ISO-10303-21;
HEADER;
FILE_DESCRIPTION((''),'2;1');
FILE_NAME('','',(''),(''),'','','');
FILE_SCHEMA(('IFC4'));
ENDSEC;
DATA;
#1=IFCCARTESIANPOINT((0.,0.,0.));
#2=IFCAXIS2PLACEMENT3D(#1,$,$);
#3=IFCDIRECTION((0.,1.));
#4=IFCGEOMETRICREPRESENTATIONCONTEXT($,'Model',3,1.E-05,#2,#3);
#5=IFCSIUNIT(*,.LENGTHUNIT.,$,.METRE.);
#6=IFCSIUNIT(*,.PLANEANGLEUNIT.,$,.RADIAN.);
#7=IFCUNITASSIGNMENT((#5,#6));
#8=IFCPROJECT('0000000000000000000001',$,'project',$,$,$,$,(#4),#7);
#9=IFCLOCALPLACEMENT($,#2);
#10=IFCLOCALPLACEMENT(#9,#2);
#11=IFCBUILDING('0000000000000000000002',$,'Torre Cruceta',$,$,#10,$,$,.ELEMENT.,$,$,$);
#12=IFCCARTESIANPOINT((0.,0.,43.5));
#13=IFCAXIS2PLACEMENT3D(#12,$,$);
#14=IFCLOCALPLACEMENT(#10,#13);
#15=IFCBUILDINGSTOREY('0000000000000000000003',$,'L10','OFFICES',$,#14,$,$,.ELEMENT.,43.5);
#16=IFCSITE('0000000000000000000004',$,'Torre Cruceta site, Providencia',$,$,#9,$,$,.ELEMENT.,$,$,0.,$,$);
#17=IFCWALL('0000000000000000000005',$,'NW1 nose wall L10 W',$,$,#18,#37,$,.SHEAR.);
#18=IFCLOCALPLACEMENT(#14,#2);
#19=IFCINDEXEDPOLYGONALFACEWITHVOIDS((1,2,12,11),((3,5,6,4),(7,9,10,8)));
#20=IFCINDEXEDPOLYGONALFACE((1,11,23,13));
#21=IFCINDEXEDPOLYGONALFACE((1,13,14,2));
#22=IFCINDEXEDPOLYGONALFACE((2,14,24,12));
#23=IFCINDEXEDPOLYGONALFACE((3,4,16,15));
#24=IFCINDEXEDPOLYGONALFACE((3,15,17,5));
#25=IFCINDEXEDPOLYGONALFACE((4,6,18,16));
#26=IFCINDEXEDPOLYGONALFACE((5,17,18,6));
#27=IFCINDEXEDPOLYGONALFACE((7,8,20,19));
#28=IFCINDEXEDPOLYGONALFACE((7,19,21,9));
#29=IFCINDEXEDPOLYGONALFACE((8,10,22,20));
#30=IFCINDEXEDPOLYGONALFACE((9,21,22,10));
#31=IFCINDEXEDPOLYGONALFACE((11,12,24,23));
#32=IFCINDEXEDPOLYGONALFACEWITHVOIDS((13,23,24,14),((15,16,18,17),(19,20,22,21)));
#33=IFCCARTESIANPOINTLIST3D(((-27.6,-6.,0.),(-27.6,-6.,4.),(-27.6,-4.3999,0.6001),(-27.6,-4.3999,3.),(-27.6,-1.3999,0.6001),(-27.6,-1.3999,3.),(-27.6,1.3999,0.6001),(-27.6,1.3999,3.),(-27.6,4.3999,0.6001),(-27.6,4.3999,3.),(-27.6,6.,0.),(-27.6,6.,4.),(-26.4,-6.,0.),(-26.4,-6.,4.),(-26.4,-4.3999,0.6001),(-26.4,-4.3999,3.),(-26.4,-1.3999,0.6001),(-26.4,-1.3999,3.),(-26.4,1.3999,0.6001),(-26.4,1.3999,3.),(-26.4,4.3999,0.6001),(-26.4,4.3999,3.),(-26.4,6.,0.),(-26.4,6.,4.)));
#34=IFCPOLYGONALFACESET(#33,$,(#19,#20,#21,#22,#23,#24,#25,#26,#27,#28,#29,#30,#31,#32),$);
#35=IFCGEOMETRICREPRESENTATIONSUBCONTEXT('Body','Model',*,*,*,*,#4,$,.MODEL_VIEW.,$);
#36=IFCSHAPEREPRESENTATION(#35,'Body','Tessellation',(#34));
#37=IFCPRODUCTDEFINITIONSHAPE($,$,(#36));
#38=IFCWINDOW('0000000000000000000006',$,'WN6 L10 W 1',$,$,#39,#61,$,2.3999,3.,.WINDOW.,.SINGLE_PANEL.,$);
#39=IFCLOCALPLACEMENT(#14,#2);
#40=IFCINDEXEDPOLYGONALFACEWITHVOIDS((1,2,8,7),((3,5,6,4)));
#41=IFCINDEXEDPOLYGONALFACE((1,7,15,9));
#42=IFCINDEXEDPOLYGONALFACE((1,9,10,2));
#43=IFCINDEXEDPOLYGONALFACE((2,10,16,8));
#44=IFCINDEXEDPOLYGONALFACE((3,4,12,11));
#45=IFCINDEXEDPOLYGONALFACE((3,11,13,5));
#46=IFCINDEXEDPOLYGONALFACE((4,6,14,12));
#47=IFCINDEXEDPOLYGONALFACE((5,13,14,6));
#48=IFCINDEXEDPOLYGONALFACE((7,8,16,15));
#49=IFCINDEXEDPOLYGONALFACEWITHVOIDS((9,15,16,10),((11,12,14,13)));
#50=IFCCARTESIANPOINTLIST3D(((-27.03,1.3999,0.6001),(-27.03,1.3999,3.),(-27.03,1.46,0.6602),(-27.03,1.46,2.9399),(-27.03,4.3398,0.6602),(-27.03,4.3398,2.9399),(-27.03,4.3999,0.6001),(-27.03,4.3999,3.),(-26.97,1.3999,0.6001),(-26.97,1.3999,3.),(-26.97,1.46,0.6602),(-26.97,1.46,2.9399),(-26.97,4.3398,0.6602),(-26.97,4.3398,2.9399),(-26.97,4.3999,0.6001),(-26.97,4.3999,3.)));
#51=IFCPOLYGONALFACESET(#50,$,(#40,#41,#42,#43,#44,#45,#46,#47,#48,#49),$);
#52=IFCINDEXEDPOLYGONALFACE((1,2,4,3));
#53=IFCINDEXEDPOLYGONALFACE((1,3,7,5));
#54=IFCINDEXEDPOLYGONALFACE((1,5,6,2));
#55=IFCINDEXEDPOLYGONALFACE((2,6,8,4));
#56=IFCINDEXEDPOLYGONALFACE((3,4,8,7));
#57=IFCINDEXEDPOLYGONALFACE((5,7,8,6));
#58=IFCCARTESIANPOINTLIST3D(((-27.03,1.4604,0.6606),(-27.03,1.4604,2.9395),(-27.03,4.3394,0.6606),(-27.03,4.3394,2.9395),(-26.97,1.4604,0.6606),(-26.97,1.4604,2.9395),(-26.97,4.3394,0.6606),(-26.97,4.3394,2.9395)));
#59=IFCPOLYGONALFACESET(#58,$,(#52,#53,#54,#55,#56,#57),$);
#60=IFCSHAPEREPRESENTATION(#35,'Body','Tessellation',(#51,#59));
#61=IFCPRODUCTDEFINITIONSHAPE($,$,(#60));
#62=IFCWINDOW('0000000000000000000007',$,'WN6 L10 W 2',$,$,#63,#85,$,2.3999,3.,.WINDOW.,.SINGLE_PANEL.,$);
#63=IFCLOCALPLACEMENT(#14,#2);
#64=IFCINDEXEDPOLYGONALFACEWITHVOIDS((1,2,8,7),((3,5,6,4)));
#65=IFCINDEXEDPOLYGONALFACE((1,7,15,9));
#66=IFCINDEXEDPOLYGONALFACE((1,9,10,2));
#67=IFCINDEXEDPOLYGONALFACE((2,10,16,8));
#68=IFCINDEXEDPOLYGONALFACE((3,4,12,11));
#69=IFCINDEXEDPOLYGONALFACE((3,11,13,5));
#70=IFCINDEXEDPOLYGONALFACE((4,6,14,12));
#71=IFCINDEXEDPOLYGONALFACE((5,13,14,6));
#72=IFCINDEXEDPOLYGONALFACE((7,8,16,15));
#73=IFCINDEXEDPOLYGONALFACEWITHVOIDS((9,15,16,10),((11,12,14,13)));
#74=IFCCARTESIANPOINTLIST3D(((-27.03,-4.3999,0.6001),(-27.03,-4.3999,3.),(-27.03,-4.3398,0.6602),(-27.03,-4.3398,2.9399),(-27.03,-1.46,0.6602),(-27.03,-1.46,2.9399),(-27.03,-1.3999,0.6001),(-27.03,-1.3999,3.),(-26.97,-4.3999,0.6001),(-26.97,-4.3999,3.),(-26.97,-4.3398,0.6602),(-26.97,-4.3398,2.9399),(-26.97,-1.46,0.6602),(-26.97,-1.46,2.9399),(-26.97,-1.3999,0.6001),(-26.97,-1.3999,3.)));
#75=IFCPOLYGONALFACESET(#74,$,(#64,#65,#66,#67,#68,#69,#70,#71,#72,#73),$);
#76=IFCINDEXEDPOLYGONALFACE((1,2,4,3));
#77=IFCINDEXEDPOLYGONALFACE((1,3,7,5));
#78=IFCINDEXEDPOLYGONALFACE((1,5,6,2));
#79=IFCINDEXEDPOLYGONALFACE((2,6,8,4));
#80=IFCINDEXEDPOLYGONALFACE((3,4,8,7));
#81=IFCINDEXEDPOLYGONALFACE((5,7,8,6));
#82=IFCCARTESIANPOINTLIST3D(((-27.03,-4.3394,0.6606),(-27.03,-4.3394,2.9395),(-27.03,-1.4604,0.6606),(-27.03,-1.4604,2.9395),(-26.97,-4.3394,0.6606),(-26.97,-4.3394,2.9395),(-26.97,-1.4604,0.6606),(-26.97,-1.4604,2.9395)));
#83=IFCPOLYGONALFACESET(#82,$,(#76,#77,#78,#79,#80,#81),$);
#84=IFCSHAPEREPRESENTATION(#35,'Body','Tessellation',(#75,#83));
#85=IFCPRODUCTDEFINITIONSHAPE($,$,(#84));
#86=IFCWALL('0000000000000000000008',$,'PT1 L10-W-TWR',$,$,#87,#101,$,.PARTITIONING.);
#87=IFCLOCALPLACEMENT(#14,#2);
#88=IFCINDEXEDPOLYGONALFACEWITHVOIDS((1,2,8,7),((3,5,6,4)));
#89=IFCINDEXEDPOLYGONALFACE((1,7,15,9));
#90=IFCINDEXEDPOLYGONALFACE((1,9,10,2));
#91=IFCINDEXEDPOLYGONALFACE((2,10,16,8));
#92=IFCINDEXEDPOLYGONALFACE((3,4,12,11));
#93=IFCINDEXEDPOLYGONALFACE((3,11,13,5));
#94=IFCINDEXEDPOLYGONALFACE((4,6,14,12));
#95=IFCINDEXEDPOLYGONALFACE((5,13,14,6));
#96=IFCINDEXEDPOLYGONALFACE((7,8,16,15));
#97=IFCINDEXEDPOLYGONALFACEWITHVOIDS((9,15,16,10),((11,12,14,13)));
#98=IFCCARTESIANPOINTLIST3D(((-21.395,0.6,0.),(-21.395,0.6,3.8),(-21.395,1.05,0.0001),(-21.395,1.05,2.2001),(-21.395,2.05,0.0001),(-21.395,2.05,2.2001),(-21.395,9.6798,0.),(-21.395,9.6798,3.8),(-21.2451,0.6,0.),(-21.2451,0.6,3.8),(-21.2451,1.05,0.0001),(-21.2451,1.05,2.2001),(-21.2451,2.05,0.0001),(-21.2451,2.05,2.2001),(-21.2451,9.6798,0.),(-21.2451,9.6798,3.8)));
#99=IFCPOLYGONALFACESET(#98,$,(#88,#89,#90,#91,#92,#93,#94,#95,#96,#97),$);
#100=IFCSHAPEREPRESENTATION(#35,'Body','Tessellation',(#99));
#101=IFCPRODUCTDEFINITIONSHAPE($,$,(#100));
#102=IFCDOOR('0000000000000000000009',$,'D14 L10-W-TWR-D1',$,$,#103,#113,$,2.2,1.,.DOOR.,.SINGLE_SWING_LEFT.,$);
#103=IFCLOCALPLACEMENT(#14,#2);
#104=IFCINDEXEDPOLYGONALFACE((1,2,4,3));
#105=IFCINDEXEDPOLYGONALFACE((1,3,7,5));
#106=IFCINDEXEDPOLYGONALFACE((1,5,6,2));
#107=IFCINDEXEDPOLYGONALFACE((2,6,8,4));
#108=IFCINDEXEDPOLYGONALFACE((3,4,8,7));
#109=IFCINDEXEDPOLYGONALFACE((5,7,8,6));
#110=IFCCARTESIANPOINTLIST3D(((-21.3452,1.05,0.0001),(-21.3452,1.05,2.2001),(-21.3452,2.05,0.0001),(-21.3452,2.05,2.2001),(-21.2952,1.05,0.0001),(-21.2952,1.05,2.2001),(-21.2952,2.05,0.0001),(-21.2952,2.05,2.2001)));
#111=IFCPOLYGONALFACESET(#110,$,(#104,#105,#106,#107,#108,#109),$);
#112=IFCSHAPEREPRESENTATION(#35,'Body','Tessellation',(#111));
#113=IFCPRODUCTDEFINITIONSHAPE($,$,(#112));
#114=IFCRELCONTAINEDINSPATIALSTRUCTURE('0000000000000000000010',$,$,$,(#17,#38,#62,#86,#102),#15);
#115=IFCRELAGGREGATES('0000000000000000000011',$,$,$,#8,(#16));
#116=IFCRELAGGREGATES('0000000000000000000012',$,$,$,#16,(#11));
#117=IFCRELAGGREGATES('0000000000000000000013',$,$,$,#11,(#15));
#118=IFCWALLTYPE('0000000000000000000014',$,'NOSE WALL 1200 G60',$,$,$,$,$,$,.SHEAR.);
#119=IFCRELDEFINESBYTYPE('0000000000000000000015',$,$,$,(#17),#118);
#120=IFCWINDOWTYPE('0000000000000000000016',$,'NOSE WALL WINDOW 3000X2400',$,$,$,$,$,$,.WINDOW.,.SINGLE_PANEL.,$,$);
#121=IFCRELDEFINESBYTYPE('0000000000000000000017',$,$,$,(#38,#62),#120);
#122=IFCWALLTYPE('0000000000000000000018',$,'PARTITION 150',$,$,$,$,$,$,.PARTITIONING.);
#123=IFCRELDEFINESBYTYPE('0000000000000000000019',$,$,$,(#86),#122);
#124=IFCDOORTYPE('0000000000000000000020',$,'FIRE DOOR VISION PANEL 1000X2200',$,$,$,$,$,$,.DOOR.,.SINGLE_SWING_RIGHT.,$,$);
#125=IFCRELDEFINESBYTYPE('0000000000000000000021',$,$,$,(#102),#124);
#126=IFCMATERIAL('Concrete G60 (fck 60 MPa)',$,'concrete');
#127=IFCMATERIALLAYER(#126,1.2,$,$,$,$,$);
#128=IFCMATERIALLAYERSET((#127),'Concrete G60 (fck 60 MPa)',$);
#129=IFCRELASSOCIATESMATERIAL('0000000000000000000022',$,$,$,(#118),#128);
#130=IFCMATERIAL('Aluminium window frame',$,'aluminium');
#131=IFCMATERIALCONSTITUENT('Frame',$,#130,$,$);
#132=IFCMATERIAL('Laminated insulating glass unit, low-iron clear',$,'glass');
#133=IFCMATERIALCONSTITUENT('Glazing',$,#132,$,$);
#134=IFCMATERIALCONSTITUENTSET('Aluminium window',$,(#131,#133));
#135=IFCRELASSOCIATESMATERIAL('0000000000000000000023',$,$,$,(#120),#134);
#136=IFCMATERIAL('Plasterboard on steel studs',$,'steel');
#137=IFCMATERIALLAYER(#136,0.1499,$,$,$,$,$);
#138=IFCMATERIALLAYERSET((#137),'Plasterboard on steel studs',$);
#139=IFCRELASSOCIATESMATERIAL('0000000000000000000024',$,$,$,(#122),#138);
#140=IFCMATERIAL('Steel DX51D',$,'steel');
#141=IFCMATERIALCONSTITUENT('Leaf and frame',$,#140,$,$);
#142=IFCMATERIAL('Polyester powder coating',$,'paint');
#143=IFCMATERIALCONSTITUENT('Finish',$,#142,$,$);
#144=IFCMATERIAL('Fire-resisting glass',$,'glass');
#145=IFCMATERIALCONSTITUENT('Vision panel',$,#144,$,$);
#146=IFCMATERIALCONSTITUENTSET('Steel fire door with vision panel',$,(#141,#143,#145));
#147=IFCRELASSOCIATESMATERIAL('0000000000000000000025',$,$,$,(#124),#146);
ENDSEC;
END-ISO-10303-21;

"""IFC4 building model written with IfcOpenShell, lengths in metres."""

from ifc_helpers import new_model, si_unit, direction, frame, frame_2d, origin, place, context, subcontext, project, spatial, rectangle, hollow_rectangle, extrude, material, layer, layer_set, constituent, constituent_set, type_object, element, fill, save


model = new_model("IFC4")

# Units and contexts
model_context = context("Model", 3, precision=1e-05, world=origin(), true_north=direction((0.0, 1.0)))
body_context = subcontext(model_context, "Body", "Model", "MODEL_VIEW")
ifc_project = project(units=[si_unit("LENGTHUNIT", "METRE"), si_unit("PLANEANGLEUNIT", "RADIAN")], contexts=[model_context])

# Site, building, storey
site_placement = place(None, origin())
site = spatial("IfcSite", under=ifc_project, at=site_placement, Name="Torre Cruceta site, Providencia", CompositionType="ELEMENT", RefElevation=0.0)
building_placement = place(site_placement, origin())
building = spatial("IfcBuilding", under=site, at=building_placement, Name="Torre Cruceta", CompositionType="ELEMENT")
storey_placement = place(building_placement, frame((0.0, 0.0, 43.5)))
storey = spatial("IfcBuildingStorey", under=building, at=storey_placement, Name="L10", Description="OFFICES", CompositionType="ELEMENT", Elevation=43.5)

# Wall, openings, windows
ifc_material_1 = material(Name="Concrete G60 (fck 60 MPa)", Category="concrete")
ifc_layer_1 = layer(ifc_material_1, 1.2)
ifc_layer_set_1 = layer_set([ifc_layer_1], Name="Concrete G60 (fck 60 MPa)")
wall_type_1 = type_object("IfcWallType", Name="NOSE WALL 1200 G60", PredefinedType="SHEAR", material=ifc_layer_set_1)
wall_1_placement = place(storey_placement, frame((-27.0, 6.0, 0.0), z_axis=(0.0, 0.0, 1.0), x_axis=(0.0, -1.0, 0.0)))
wall_1 = element("IfcWall", 1, at=wall_1_placement, inside=storey, type_object=wall_type_1, Name="NW1 nose wall L10 W", PredefinedType="SHEAR", context=body_context, shape_type="SweptSolid", body=[
    extrude(rectangle(XDim=12.0, YDim=1.2, at=frame_2d((6.0, 0.0))), origin(), (0.0, 0.0, 1.0), 4.0),
])
opening_1_placement = place(wall_1_placement, frame((1.6001, 0.0, 0.6001)))
opening_1 = element("IfcOpeningElement", 2, at=opening_1_placement, cuts=wall_1, PredefinedType="OPENING", context=body_context, shape_type="SweptSolid", body=[
    extrude(rectangle(XDim=3.0, YDim=2.3999, at=frame_2d((1.5, 1.2))), frame((0.0, 0.6099, 0.0), z_axis=(0.0, -1.0, 0.0), x_axis=(1.0, 0.0, 0.0)), (0.0, 0.0, 1.0), 1.22),
])
opening_2_placement = place(wall_1_placement, frame((7.3999, 0.0, 0.6001)))
opening_2 = element("IfcOpeningElement", 3, at=opening_2_placement, cuts=wall_1, PredefinedType="OPENING", context=body_context, shape_type="SweptSolid", body=[
    extrude(rectangle(XDim=3.0, YDim=2.3999, at=frame_2d((1.5, 1.2))), frame((0.0, 0.6099, 0.0), z_axis=(0.0, -1.0, 0.0), x_axis=(1.0, 0.0, 0.0)), (0.0, 0.0, 1.0), 1.22),
])
ifc_material_2 = material(Name="Aluminium window frame", Category="aluminium")
ifc_constituent_1 = constituent(ifc_material_2, Name="Frame")
ifc_material_3 = material(Name="Laminated insulating glass unit, low-iron clear", Category="glass")
ifc_constituent_2 = constituent(ifc_material_3, Name="Glazing")
ifc_constituent_set_1 = constituent_set(constituents=[ifc_constituent_1, ifc_constituent_2], Name="Aluminium window")
window_type_1 = type_object("IfcWindowType", Name="NOSE WALL WINDOW 3000X2400", PartitioningType="SINGLE_PANEL", PredefinedType="WINDOW", material=ifc_constituent_set_1)
window_1_placement = place(opening_1_placement, origin())
window_1 = element("IfcWindow", 4, at=window_1_placement, inside=storey, type_object=window_type_1, Name="WN6 L10 W 1", OverallHeight=2.3999, OverallWidth=3.0, PartitioningType="SINGLE_PANEL", PredefinedType="WINDOW", context=body_context, shape_type="SweptSolid", body=[
    extrude(hollow_rectangle(XDim=3.0, YDim=2.3999, WallThickness=0.0601, at=frame_2d((1.5, 1.2))), frame((0.0, 0.03, 0.0), z_axis=(0.0, -1.0, 0.0), x_axis=(1.0, 0.0, 0.0)), (0.0, 0.0, 1.0), 0.0601),
    extrude(rectangle(XDim=2.8789, YDim=2.2788, at=frame_2d((1.5, 1.2))), frame((0.0, 0.03, 0.0), z_axis=(0.0, -1.0, 0.0), x_axis=(1.0, 0.0, 0.0)), (0.0, 0.0, 1.0), 0.0601),
])
fill(opening_1, window_1)
window_2_placement = place(opening_2_placement, origin())
window_2 = element("IfcWindow", 5, at=window_2_placement, inside=storey, type_object=window_type_1, Name="WN6 L10 W 2", OverallHeight=2.3999, OverallWidth=3.0, PartitioningType="SINGLE_PANEL", PredefinedType="WINDOW", context=body_context, shape_type="SweptSolid", body=[
    extrude(hollow_rectangle(XDim=3.0, YDim=2.3999, WallThickness=0.0601, at=frame_2d((1.5, 1.2))), frame((0.0, 0.03, 0.0), z_axis=(0.0, -1.0, 0.0), x_axis=(1.0, 0.0, 0.0)), (0.0, 0.0, 1.0), 0.0601),
    extrude(rectangle(XDim=2.8789, YDim=2.2788, at=frame_2d((1.5, 1.2))), frame((0.0, 0.03, 0.0), z_axis=(0.0, -1.0, 0.0), x_axis=(1.0, 0.0, 0.0)), (0.0, 0.0, 1.0), 0.0601),
])
fill(opening_2, window_2)

# Wall, opening, door
ifc_material_4 = material(Name="Plasterboard on steel studs", Category="steel")
ifc_layer_2 = layer(ifc_material_4, 0.1499)
ifc_layer_set_2 = layer_set([ifc_layer_2], Name="Plasterboard on steel studs")
wall_type_2 = type_object("IfcWallType", Name="PARTITION 150", PredefinedType="PARTITIONING", material=ifc_layer_set_2)
wall_2_placement = place(storey_placement, frame((-21.3201, 9.6799, 0.0), z_axis=(0.0, 0.0, 1.0), x_axis=(0.0, -1.0, 0.0)))
wall_2 = element("IfcWall", 6, at=wall_2_placement, inside=storey, type_object=wall_type_2, Name="PT1 L10-W-TWR", PredefinedType="PARTITIONING", context=body_context, shape_type="SweptSolid", body=[
    extrude(rectangle(XDim=9.0798, YDim=0.1499, at=frame_2d((4.54, 0.0))), origin(), (0.0, 0.0, 1.0), 3.8),
])
opening_3_placement = place(wall_2_placement, frame((7.6299, 0.0, 0.0)))
opening_3 = element("IfcOpeningElement", 7, at=opening_3_placement, cuts=wall_2, PredefinedType="OPENING", context=body_context, shape_type="SweptSolid", body=[
    extrude(rectangle(XDim=1.0, YDim=2.2, at=frame_2d((0.5, 1.1001))), frame((0.0, 0.085, 0.0), z_axis=(0.0, -1.0, 0.0), x_axis=(1.0, 0.0, 0.0)), (0.0, 0.0, 1.0), 0.1699),
])
ifc_material_5 = material(Name="Steel DX51D", Category="steel")
ifc_constituent_3 = constituent(ifc_material_5, Name="Leaf and frame")
ifc_material_6 = material(Name="Polyester powder coating", Category="paint")
ifc_constituent_4 = constituent(ifc_material_6, Name="Finish")
ifc_material_7 = material(Name="Fire-resisting glass", Category="glass")
ifc_constituent_5 = constituent(ifc_material_7, Name="Vision panel")
ifc_constituent_set_2 = constituent_set(constituents=[ifc_constituent_3, ifc_constituent_4, ifc_constituent_5], Name="Steel fire door with vision panel")
door_type_1 = type_object("IfcDoorType", Name="FIRE DOOR VISION PANEL 1000X2200", OperationType="SINGLE_SWING_RIGHT", PredefinedType="DOOR", material=ifc_constituent_set_2)
door_1_placement = place(opening_3_placement, frame((1.0, 0.0, 0.0), z_axis=(0.0, 0.0, 1.0), x_axis=(-1.0, 0.0, 0.0)))
door_1 = element("IfcDoor", 8, at=door_1_placement, inside=storey, type_object=door_type_1, Name="D14 L10-W-TWR-D1", OperationType="SINGLE_SWING_LEFT", OverallHeight=2.2, OverallWidth=1.0, PredefinedType="DOOR", context=body_context, shape_type="SweptSolid", body=[
    extrude(rectangle(XDim=1.0, YDim=2.2, at=frame_2d((0.5, 1.1001))), frame((0.0, 0.0251, 0.0), z_axis=(0.0, -1.0, 0.0), x_axis=(1.0, 0.0, 0.0)), (0.0, 0.0, 1.0), 0.05),
])
fill(opening_3, door_1)

save(model, "model.ifc")
